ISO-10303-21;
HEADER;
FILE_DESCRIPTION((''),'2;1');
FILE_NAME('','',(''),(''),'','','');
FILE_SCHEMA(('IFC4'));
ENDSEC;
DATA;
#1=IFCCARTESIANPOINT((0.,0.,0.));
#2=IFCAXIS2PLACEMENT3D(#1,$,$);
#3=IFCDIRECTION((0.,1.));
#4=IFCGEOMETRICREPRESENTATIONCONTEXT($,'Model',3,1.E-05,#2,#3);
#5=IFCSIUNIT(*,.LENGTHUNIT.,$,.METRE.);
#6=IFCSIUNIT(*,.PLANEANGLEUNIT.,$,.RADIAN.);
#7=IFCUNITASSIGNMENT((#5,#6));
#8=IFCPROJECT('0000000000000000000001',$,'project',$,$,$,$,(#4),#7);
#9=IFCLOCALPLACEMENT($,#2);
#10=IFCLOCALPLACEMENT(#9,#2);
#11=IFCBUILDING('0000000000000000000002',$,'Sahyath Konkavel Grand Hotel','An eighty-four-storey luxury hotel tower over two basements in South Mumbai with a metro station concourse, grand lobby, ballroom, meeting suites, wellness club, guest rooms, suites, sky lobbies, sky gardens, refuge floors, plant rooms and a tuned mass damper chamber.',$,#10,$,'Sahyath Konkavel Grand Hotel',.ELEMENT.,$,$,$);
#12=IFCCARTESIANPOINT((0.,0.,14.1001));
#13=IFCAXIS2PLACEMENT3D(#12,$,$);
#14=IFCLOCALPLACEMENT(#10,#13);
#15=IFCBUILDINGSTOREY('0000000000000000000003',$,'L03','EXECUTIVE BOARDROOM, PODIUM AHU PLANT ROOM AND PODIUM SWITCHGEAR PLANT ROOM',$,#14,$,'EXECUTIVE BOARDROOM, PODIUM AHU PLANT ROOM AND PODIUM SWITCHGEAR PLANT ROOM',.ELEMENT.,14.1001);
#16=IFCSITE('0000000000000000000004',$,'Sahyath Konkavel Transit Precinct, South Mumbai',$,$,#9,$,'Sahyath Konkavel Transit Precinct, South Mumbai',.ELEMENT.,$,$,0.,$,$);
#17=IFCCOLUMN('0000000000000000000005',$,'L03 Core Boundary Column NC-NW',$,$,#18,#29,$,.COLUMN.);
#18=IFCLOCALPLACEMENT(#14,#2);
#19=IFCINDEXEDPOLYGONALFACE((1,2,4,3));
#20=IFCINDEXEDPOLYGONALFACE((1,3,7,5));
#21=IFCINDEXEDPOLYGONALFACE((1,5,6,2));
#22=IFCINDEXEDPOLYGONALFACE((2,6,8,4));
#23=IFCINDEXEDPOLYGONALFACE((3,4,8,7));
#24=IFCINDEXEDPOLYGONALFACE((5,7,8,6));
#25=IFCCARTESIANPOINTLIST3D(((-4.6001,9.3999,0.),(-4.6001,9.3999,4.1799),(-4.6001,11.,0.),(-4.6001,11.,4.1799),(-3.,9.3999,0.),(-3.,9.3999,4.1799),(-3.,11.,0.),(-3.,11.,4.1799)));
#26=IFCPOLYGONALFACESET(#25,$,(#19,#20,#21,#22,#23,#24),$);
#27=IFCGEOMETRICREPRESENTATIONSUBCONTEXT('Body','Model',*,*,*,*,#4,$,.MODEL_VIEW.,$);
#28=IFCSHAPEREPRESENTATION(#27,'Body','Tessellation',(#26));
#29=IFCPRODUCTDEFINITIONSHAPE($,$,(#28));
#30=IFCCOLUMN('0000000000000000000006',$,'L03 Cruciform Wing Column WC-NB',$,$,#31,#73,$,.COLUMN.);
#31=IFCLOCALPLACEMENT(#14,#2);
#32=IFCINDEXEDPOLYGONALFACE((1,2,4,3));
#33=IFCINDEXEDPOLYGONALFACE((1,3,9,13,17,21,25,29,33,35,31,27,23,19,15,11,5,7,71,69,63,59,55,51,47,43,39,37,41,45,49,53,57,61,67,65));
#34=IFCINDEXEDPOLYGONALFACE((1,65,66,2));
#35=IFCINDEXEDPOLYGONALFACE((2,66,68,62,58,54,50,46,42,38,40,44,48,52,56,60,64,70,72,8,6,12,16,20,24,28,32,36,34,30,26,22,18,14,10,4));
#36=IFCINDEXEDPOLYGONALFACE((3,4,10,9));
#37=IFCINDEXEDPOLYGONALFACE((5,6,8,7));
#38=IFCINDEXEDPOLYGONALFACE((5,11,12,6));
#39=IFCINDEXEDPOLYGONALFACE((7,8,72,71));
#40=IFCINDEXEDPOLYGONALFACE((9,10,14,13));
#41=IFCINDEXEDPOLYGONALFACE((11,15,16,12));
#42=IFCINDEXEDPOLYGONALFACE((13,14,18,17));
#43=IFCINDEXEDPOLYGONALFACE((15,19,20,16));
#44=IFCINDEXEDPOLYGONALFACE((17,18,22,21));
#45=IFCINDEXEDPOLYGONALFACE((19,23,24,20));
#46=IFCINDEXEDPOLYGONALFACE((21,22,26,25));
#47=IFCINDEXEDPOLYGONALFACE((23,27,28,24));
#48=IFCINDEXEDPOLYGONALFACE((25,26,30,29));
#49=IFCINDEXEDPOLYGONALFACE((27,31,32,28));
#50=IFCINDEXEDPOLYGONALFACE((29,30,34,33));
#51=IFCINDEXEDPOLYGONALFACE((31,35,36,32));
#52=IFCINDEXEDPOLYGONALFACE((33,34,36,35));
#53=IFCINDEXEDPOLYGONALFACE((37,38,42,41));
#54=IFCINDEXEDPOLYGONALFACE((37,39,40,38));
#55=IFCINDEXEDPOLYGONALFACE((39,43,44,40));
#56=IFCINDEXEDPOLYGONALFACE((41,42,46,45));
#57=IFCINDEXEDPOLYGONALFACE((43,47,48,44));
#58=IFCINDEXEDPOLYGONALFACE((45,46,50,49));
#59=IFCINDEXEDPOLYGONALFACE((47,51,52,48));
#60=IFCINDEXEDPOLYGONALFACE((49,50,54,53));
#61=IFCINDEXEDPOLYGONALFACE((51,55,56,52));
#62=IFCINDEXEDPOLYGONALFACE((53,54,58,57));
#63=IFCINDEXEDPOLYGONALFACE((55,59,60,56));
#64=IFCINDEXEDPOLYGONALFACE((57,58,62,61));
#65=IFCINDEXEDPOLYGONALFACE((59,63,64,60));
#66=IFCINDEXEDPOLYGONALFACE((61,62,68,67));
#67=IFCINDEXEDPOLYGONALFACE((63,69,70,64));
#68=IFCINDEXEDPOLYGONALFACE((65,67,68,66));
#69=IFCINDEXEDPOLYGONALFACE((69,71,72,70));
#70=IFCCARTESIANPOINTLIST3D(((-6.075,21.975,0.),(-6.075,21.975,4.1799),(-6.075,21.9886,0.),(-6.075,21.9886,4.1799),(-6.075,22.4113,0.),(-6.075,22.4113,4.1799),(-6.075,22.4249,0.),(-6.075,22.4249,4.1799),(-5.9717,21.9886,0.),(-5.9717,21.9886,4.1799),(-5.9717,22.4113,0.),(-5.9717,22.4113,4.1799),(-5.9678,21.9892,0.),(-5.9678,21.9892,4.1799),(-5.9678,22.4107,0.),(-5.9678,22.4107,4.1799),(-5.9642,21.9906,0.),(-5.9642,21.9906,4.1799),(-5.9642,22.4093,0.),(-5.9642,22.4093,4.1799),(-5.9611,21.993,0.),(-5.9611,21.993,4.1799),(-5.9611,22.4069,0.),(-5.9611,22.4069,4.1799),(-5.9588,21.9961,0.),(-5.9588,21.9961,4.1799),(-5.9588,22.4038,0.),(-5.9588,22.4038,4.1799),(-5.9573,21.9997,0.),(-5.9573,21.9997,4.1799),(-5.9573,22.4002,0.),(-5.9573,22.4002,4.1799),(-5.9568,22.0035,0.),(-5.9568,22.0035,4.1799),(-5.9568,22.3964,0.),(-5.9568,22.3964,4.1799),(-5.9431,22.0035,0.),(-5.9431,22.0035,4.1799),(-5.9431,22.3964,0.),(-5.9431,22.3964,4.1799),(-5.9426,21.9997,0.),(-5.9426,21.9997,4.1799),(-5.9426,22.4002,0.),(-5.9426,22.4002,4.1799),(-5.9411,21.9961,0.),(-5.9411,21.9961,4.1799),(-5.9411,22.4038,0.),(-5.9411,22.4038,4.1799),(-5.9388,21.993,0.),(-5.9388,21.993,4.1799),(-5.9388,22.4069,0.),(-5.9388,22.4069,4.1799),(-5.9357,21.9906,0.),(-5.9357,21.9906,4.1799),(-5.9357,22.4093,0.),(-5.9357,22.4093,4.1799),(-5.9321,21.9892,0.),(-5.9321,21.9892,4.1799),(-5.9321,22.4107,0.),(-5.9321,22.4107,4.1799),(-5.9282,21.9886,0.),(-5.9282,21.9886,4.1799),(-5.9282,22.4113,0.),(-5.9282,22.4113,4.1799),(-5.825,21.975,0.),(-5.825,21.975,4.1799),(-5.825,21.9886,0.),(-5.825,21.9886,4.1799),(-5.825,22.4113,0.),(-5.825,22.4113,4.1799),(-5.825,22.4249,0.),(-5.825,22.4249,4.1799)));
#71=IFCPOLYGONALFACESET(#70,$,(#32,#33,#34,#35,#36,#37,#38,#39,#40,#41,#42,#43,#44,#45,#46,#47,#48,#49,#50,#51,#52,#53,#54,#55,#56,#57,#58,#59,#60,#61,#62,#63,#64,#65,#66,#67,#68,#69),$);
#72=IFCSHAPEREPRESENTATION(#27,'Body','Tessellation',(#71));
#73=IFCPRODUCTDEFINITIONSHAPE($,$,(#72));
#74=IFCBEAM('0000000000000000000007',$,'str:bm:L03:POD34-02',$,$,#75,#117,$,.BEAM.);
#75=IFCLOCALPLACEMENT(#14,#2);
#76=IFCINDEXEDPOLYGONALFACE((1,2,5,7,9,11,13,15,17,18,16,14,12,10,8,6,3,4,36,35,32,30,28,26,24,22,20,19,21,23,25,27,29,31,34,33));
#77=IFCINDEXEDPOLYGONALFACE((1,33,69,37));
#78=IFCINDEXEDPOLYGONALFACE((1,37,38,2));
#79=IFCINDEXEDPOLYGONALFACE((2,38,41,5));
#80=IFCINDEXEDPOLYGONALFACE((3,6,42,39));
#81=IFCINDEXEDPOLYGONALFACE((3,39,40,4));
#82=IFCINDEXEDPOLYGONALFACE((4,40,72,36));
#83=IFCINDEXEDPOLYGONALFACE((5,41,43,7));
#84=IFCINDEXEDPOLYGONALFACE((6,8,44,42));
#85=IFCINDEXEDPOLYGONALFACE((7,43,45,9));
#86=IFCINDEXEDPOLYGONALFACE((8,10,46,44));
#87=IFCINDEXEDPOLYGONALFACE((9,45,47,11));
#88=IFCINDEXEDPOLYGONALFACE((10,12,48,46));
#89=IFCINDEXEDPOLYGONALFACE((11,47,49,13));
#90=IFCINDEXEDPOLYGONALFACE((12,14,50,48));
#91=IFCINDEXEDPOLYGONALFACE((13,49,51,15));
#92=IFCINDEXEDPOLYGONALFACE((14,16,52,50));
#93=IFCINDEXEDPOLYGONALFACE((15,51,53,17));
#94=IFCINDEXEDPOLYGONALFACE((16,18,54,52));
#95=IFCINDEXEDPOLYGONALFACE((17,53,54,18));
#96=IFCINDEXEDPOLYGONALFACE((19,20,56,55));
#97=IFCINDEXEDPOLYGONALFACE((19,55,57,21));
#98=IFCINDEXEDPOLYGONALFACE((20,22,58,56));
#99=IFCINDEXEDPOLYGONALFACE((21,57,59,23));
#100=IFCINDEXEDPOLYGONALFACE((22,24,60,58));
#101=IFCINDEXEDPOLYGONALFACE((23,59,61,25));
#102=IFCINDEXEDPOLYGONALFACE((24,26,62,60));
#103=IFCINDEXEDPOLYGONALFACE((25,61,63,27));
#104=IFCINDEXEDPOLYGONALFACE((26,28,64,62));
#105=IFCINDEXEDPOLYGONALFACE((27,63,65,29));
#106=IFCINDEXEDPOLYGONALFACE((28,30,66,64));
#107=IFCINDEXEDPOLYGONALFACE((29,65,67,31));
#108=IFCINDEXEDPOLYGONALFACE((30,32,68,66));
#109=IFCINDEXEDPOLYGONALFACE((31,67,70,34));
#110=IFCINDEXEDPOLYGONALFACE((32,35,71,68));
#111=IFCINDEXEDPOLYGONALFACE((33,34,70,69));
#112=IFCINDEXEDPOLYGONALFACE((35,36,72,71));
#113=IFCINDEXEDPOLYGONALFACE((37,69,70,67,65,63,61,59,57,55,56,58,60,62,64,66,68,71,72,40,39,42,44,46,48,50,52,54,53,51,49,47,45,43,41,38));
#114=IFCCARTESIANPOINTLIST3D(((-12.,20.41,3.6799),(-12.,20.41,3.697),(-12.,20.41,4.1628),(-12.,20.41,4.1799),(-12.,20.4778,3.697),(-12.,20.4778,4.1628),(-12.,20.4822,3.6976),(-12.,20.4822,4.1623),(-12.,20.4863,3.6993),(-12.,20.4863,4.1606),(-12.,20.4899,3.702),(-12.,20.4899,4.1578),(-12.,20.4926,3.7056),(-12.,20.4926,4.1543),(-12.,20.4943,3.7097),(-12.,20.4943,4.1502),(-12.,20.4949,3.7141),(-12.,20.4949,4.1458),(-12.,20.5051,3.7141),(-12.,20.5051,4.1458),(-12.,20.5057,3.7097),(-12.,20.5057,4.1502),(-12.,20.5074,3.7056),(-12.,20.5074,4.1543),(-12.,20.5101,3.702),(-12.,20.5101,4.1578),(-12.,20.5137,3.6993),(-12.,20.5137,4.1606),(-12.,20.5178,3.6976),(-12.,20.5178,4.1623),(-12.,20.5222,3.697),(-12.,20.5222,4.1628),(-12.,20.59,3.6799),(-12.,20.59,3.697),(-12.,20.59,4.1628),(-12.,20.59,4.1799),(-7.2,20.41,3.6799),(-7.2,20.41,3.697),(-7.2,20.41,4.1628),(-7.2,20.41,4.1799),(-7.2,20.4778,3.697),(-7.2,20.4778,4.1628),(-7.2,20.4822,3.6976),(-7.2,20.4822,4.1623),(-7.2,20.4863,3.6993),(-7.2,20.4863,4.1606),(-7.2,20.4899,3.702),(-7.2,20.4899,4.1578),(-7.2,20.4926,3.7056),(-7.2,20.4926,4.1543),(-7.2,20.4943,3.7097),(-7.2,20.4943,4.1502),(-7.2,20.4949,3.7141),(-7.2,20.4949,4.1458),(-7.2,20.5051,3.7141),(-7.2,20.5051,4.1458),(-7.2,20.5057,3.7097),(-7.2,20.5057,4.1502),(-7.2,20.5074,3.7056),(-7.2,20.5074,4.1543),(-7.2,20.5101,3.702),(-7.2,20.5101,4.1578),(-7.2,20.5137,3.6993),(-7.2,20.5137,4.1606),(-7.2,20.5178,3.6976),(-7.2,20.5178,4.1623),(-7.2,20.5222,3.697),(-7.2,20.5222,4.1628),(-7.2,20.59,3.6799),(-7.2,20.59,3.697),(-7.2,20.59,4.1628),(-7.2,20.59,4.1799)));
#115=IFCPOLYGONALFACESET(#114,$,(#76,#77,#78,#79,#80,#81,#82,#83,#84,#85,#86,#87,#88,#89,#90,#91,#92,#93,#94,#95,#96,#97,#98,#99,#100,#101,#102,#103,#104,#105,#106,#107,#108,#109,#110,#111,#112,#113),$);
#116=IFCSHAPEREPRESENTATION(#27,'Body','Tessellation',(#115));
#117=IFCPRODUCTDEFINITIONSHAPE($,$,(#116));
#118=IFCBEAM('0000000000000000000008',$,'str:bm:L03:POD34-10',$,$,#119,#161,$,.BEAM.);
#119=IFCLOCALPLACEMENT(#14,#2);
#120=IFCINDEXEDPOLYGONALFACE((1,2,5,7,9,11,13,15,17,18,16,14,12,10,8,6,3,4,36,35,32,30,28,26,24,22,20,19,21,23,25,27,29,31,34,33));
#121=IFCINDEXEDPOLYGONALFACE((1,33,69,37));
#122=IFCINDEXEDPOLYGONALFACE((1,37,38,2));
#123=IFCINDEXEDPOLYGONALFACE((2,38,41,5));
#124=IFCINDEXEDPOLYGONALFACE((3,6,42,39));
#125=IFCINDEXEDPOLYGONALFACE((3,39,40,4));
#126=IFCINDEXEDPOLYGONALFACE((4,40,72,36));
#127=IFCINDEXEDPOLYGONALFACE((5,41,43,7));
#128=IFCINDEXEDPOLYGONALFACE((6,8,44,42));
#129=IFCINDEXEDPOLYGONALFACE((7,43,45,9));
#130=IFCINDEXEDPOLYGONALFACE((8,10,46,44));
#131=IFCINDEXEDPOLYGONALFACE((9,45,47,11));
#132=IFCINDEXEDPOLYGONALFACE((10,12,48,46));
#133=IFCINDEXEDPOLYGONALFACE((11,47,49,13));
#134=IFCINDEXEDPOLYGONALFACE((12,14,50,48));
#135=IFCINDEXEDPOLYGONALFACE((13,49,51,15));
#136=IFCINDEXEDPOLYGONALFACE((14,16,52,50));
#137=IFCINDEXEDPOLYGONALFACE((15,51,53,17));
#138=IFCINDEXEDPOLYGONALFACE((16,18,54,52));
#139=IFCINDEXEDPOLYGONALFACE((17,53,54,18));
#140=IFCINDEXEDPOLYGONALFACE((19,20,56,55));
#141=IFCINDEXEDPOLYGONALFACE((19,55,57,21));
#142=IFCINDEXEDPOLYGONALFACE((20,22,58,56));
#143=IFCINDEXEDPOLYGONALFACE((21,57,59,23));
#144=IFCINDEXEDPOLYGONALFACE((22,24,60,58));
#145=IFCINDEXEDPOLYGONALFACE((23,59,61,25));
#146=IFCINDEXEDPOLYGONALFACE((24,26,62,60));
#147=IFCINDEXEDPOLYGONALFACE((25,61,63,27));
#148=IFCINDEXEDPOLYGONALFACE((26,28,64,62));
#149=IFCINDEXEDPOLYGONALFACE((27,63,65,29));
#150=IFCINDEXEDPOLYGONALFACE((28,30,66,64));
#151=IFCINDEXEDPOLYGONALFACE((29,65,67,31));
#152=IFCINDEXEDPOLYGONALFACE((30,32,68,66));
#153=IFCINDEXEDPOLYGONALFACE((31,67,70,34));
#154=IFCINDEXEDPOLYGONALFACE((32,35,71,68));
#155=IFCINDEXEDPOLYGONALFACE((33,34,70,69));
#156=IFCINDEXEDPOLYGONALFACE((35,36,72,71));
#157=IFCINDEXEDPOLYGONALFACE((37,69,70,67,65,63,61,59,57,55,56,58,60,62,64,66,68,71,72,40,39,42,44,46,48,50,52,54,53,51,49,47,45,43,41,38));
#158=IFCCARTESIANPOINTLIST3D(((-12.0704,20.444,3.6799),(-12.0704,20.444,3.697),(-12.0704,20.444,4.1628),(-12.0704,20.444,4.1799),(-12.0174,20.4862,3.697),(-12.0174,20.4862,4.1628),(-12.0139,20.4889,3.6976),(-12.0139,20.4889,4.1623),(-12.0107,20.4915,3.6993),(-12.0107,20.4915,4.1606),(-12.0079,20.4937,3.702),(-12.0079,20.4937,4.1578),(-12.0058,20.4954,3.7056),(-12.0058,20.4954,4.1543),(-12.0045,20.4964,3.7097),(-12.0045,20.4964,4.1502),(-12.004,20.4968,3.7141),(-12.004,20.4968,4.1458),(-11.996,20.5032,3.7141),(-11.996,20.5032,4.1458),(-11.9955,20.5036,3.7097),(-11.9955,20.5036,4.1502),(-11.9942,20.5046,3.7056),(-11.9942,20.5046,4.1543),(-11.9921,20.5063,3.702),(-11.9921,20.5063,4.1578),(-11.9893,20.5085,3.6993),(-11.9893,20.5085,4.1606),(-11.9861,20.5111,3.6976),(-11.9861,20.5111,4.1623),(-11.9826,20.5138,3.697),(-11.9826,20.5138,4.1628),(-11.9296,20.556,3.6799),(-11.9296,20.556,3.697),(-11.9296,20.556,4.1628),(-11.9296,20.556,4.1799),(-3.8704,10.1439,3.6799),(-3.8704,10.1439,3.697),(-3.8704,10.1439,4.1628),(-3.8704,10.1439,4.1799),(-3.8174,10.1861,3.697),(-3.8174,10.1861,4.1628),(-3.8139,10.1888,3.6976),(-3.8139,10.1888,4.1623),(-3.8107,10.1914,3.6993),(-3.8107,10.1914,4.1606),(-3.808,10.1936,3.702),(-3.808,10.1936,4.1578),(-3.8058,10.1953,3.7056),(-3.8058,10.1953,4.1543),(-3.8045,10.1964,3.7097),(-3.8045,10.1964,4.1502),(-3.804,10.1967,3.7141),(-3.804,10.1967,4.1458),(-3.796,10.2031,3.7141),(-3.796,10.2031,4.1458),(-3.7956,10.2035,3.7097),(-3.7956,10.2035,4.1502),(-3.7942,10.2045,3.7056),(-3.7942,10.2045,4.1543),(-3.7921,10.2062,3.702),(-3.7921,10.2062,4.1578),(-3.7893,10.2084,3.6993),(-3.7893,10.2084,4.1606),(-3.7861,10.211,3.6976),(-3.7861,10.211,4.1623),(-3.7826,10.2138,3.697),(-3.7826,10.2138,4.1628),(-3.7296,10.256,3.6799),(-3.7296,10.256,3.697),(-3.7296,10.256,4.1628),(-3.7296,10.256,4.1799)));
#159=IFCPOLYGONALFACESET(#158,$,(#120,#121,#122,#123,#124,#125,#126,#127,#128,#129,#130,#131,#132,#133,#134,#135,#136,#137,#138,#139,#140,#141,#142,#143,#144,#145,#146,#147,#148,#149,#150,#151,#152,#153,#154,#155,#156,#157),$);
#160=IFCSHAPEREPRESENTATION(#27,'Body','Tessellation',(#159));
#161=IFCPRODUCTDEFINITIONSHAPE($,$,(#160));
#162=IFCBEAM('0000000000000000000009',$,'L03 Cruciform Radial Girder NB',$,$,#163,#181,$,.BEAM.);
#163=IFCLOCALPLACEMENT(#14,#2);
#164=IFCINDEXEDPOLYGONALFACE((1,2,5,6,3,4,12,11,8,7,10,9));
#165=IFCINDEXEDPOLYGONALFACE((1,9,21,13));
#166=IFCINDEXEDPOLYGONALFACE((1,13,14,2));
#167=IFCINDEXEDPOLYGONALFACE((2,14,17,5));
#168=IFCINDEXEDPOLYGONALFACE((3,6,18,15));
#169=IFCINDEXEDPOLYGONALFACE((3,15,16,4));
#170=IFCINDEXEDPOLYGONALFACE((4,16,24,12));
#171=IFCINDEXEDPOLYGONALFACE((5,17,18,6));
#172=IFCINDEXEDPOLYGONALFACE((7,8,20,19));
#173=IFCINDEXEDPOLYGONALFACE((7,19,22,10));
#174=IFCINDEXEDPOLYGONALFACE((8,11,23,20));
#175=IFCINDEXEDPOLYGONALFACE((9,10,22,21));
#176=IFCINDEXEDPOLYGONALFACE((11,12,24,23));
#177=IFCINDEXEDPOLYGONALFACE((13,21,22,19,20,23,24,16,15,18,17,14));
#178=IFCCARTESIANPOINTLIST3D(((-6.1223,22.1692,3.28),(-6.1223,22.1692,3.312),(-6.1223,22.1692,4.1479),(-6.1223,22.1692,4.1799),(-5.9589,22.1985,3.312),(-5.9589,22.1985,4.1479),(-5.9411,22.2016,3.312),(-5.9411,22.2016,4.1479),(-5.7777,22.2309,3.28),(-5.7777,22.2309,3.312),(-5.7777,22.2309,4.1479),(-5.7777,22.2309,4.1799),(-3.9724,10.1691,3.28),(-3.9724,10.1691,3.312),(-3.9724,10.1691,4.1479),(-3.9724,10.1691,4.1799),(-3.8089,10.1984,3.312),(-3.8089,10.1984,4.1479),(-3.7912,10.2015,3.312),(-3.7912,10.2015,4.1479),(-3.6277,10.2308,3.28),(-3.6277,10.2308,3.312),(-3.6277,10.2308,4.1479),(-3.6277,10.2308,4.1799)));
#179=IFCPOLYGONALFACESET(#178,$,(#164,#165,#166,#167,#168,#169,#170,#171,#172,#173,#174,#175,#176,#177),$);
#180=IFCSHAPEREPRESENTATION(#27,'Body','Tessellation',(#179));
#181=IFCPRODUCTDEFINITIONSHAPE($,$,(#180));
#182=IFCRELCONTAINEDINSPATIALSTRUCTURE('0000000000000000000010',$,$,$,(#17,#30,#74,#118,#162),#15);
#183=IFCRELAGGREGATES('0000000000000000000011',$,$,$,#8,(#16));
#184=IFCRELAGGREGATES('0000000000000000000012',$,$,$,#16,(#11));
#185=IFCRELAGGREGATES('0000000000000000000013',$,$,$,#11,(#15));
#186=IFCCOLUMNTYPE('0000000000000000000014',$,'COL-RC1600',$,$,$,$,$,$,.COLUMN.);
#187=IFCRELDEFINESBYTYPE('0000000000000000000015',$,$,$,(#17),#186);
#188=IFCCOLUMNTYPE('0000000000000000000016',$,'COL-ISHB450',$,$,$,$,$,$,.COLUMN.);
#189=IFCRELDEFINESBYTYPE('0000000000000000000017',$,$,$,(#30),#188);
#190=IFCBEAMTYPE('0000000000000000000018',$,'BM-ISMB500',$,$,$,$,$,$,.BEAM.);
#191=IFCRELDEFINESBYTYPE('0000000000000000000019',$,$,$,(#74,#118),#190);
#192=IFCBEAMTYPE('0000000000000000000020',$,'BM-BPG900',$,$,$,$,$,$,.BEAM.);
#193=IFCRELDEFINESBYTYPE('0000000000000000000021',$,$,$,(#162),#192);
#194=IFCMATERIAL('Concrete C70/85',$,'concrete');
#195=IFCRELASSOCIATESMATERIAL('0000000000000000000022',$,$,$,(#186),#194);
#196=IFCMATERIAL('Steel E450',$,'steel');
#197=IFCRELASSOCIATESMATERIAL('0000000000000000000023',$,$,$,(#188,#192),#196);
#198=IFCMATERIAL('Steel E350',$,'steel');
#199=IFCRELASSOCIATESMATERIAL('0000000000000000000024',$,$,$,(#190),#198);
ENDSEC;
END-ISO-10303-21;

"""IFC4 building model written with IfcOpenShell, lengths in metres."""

from ifc_helpers import new_model, si_unit, direction, frame, origin, origin_2d, place, context, subcontext, project, spatial, rectangle, i_section, extrude, source, transform, mapped, material, material_profile, profile_set, type_object, element, save


model = new_model("IFC4")

# Units and contexts
model_context = context("Model", 3, precision=1e-05, world=origin(), true_north=direction((0.0, 1.0)))
body_context = subcontext(model_context, "Body", "Model", "MODEL_VIEW")
ifc_project = project(units=[si_unit("LENGTHUNIT", "METRE"), si_unit("PLANEANGLEUNIT", "RADIAN")], contexts=[model_context])

# Site, building, storey
site_placement = place(None, origin())
site = spatial("IfcSite", under=ifc_project, at=site_placement, Name="Sahyath Konkavel Transit Precinct, South Mumbai", LongName="Sahyath Konkavel Transit Precinct, South Mumbai", CompositionType="ELEMENT", RefElevation=0.0)
building_placement = place(site_placement, origin())
building = spatial("IfcBuilding", under=site, at=building_placement, Name="Sahyath Konkavel Grand Hotel", Description="An eighty-four-storey luxury hotel tower over two basements in South Mumbai with a metro station concourse, grand lobby, ballroom, meeting suites, wellness club, guest rooms, suites, sky lobbies, sky gardens, refuge floors, plant rooms and a tuned mass damper chamber.", LongName="Sahyath Konkavel Grand Hotel", CompositionType="ELEMENT")
storey_placement = place(building_placement, frame((0.0, 0.0, 14.1001)))
storey = spatial("IfcBuildingStorey", under=building, at=storey_placement, Name="L03", Description="EXECUTIVE BOARDROOM, PODIUM AHU PLANT ROOM AND PODIUM SWITCHGEAR PLANT ROOM", LongName="EXECUTIVE BOARDROOM, PODIUM AHU PLANT ROOM AND PODIUM SWITCHGEAR PLANT ROOM", CompositionType="ELEMENT", Elevation=14.1001)

# Columns
ifc_material_1 = material(Name="Concrete C70/85", Category="concrete")
ifc_material_profile_1 = material_profile(ifc_material_1, rectangle(XDim=1.6001, YDim=1.6001, at=origin_2d()), Name="RC 1600x1600")
ifc_profile_set_1 = profile_set([ifc_material_profile_1], Name="Concrete C70/85")
column_type_1 = type_object("IfcColumnType", Name="COL-RC1600", PredefinedType="COLUMN", material=ifc_profile_set_1)
shared_shape_1 = source(origin(), body_context, "Body", "SweptSolid", [
    extrude(rectangle(XDim=1.6001, YDim=1.6001, at=origin_2d()), origin(), (0.0, 0.0, 1.0), 4.1799),
])
column_1_placement = place(storey_placement, frame((-3.8, 10.2, 0.0), z_axis=(0.0, 0.0, 1.0), x_axis=(1.0, 0.0, 0.0)))
element("IfcColumn", 1, at=column_1_placement, inside=storey, type_object=column_type_1, Name="L03 Core Boundary Column NC-NW", PredefinedType="COLUMN", context=body_context, shape_type="MappedRepresentation", body=[
    mapped(shared_shape_1, transform((0.0, 0.0, 0.0), scale=1.0)),
])
ifc_material_2 = material(Name="Steel E450", Category="steel")
ifc_material_profile_2 = material_profile(ifc_material_2, i_section(OverallWidth=0.25, OverallDepth=0.45, WebThickness=0.0137, FlangeThickness=0.0137, FilletRadius=0.0149, at=origin_2d()), Name="ISHB 450")
ifc_profile_set_2 = profile_set([ifc_material_profile_2], Name="Steel E450")
column_type_2 = type_object("IfcColumnType", Name="COL-ISHB450", PredefinedType="COLUMN", material=ifc_profile_set_2)
shared_shape_2 = source(origin(), body_context, "Body", "SweptSolid", [
    extrude(i_section(OverallWidth=0.25, OverallDepth=0.45, WebThickness=0.0137, FlangeThickness=0.0137, FilletRadius=0.0149, at=origin_2d()), origin(), (0.0, 0.0, 1.0), 4.1799),
])
column_2_placement = place(storey_placement, frame((-5.95, 22.2, 0.0), z_axis=(0.0, 0.0, 1.0), x_axis=(1.0, 0.0, 0.0)))
element("IfcColumn", 2, at=column_2_placement, inside=storey, type_object=column_type_2, Name="L03 Cruciform Wing Column WC-NB", PredefinedType="COLUMN", context=body_context, shape_type="MappedRepresentation", body=[
    mapped(shared_shape_2, transform((0.0, 0.0, 0.0), scale=1.0)),
])

# Beams
ifc_material_3 = material(Name="Steel E350", Category="steel")
ifc_material_profile_3 = material_profile(ifc_material_3, i_section(OverallWidth=0.1799, OverallDepth=0.5, WebThickness=0.0103, FlangeThickness=0.0171, FilletRadius=0.0171, at=origin_2d()), Name="ISMB 500")
ifc_profile_set_3 = profile_set([ifc_material_profile_3], Name="Steel E350")
beam_type_1 = type_object("IfcBeamType", Name="BM-ISMB500", PredefinedType="BEAM", material=ifc_profile_set_3)
shared_shape_3 = source(origin(), body_context, "Body", "SweptSolid", [
    extrude(i_section(OverallWidth=0.1799, OverallDepth=0.5, WebThickness=0.0103, FlangeThickness=0.0171, FilletRadius=0.0171, at=origin_2d()), origin(), (0.0, 0.0, 1.0), 4.8),
])
beam_1_placement = place(storey_placement, frame((-12.0, 20.5, 3.9299), z_axis=(1.0, 0.0, 0.0), x_axis=(0.0, 1.0, 0.0)))
element("IfcBeam", 3, at=beam_1_placement, inside=storey, type_object=beam_type_1, Name="str:bm:L03:POD34-02", PredefinedType="BEAM", context=body_context, shape_type="MappedRepresentation", body=[
    mapped(shared_shape_3, transform((0.0, 0.0, 0.0), scale=1.0)),
])
shared_shape_4 = source(origin(), body_context, "Body", "SweptSolid", [
    extrude(i_section(OverallWidth=0.1799, OverallDepth=0.5, WebThickness=0.0103, FlangeThickness=0.0171, FilletRadius=0.0171, at=origin_2d()), origin(), (0.0, 0.0, 1.0), 13.1655),
])
beam_2_placement = place(storey_placement, frame((-12.0, 20.5, 3.9299), z_axis=(0.622837, -0.782352, 0.0), x_axis=(0.782352, 0.622837, 0.0)))
element("IfcBeam", 4, at=beam_2_placement, inside=storey, type_object=beam_type_1, Name="str:bm:L03:POD34-10", PredefinedType="BEAM", context=body_context, shape_type="MappedRepresentation", body=[
    mapped(shared_shape_4, transform((0.0, 0.0, 0.0), scale=1.0)),
])
ifc_material_profile_4 = material_profile(ifc_material_2, i_section(OverallWidth=0.3501, OverallDepth=0.8999, WebThickness=0.0181, FlangeThickness=0.032, at=origin_2d()), Name="BPG 900x350")
ifc_profile_set_4 = profile_set([ifc_material_profile_4], Name="Steel E450")
beam_type_2 = type_object("IfcBeamType", Name="BM-BPG900", PredefinedType="BEAM", material=ifc_profile_set_4)
shared_shape_5 = source(origin(), body_context, "Body", "SweptSolid", [
    extrude(i_section(OverallWidth=0.3501, OverallDepth=0.8999, WebThickness=0.0181, FlangeThickness=0.032, at=origin_2d()), origin(), (0.0, 0.0, 1.0), 12.1912),
])
beam_3_placement = place(storey_placement, frame((-3.8, 10.2, 3.73), z_axis=(-0.176351, 0.984327, 0.0), x_axis=(-0.984327, -0.176351, 0.0)))
element("IfcBeam", 5, at=beam_3_placement, inside=storey, type_object=beam_type_2, Name="L03 Cruciform Radial Girder NB", PredefinedType="BEAM", context=body_context, shape_type="MappedRepresentation", body=[
    mapped(shared_shape_5, transform((0.0, 0.0, 0.0), scale=1.0)),
])

save(model, "model.ifc")
